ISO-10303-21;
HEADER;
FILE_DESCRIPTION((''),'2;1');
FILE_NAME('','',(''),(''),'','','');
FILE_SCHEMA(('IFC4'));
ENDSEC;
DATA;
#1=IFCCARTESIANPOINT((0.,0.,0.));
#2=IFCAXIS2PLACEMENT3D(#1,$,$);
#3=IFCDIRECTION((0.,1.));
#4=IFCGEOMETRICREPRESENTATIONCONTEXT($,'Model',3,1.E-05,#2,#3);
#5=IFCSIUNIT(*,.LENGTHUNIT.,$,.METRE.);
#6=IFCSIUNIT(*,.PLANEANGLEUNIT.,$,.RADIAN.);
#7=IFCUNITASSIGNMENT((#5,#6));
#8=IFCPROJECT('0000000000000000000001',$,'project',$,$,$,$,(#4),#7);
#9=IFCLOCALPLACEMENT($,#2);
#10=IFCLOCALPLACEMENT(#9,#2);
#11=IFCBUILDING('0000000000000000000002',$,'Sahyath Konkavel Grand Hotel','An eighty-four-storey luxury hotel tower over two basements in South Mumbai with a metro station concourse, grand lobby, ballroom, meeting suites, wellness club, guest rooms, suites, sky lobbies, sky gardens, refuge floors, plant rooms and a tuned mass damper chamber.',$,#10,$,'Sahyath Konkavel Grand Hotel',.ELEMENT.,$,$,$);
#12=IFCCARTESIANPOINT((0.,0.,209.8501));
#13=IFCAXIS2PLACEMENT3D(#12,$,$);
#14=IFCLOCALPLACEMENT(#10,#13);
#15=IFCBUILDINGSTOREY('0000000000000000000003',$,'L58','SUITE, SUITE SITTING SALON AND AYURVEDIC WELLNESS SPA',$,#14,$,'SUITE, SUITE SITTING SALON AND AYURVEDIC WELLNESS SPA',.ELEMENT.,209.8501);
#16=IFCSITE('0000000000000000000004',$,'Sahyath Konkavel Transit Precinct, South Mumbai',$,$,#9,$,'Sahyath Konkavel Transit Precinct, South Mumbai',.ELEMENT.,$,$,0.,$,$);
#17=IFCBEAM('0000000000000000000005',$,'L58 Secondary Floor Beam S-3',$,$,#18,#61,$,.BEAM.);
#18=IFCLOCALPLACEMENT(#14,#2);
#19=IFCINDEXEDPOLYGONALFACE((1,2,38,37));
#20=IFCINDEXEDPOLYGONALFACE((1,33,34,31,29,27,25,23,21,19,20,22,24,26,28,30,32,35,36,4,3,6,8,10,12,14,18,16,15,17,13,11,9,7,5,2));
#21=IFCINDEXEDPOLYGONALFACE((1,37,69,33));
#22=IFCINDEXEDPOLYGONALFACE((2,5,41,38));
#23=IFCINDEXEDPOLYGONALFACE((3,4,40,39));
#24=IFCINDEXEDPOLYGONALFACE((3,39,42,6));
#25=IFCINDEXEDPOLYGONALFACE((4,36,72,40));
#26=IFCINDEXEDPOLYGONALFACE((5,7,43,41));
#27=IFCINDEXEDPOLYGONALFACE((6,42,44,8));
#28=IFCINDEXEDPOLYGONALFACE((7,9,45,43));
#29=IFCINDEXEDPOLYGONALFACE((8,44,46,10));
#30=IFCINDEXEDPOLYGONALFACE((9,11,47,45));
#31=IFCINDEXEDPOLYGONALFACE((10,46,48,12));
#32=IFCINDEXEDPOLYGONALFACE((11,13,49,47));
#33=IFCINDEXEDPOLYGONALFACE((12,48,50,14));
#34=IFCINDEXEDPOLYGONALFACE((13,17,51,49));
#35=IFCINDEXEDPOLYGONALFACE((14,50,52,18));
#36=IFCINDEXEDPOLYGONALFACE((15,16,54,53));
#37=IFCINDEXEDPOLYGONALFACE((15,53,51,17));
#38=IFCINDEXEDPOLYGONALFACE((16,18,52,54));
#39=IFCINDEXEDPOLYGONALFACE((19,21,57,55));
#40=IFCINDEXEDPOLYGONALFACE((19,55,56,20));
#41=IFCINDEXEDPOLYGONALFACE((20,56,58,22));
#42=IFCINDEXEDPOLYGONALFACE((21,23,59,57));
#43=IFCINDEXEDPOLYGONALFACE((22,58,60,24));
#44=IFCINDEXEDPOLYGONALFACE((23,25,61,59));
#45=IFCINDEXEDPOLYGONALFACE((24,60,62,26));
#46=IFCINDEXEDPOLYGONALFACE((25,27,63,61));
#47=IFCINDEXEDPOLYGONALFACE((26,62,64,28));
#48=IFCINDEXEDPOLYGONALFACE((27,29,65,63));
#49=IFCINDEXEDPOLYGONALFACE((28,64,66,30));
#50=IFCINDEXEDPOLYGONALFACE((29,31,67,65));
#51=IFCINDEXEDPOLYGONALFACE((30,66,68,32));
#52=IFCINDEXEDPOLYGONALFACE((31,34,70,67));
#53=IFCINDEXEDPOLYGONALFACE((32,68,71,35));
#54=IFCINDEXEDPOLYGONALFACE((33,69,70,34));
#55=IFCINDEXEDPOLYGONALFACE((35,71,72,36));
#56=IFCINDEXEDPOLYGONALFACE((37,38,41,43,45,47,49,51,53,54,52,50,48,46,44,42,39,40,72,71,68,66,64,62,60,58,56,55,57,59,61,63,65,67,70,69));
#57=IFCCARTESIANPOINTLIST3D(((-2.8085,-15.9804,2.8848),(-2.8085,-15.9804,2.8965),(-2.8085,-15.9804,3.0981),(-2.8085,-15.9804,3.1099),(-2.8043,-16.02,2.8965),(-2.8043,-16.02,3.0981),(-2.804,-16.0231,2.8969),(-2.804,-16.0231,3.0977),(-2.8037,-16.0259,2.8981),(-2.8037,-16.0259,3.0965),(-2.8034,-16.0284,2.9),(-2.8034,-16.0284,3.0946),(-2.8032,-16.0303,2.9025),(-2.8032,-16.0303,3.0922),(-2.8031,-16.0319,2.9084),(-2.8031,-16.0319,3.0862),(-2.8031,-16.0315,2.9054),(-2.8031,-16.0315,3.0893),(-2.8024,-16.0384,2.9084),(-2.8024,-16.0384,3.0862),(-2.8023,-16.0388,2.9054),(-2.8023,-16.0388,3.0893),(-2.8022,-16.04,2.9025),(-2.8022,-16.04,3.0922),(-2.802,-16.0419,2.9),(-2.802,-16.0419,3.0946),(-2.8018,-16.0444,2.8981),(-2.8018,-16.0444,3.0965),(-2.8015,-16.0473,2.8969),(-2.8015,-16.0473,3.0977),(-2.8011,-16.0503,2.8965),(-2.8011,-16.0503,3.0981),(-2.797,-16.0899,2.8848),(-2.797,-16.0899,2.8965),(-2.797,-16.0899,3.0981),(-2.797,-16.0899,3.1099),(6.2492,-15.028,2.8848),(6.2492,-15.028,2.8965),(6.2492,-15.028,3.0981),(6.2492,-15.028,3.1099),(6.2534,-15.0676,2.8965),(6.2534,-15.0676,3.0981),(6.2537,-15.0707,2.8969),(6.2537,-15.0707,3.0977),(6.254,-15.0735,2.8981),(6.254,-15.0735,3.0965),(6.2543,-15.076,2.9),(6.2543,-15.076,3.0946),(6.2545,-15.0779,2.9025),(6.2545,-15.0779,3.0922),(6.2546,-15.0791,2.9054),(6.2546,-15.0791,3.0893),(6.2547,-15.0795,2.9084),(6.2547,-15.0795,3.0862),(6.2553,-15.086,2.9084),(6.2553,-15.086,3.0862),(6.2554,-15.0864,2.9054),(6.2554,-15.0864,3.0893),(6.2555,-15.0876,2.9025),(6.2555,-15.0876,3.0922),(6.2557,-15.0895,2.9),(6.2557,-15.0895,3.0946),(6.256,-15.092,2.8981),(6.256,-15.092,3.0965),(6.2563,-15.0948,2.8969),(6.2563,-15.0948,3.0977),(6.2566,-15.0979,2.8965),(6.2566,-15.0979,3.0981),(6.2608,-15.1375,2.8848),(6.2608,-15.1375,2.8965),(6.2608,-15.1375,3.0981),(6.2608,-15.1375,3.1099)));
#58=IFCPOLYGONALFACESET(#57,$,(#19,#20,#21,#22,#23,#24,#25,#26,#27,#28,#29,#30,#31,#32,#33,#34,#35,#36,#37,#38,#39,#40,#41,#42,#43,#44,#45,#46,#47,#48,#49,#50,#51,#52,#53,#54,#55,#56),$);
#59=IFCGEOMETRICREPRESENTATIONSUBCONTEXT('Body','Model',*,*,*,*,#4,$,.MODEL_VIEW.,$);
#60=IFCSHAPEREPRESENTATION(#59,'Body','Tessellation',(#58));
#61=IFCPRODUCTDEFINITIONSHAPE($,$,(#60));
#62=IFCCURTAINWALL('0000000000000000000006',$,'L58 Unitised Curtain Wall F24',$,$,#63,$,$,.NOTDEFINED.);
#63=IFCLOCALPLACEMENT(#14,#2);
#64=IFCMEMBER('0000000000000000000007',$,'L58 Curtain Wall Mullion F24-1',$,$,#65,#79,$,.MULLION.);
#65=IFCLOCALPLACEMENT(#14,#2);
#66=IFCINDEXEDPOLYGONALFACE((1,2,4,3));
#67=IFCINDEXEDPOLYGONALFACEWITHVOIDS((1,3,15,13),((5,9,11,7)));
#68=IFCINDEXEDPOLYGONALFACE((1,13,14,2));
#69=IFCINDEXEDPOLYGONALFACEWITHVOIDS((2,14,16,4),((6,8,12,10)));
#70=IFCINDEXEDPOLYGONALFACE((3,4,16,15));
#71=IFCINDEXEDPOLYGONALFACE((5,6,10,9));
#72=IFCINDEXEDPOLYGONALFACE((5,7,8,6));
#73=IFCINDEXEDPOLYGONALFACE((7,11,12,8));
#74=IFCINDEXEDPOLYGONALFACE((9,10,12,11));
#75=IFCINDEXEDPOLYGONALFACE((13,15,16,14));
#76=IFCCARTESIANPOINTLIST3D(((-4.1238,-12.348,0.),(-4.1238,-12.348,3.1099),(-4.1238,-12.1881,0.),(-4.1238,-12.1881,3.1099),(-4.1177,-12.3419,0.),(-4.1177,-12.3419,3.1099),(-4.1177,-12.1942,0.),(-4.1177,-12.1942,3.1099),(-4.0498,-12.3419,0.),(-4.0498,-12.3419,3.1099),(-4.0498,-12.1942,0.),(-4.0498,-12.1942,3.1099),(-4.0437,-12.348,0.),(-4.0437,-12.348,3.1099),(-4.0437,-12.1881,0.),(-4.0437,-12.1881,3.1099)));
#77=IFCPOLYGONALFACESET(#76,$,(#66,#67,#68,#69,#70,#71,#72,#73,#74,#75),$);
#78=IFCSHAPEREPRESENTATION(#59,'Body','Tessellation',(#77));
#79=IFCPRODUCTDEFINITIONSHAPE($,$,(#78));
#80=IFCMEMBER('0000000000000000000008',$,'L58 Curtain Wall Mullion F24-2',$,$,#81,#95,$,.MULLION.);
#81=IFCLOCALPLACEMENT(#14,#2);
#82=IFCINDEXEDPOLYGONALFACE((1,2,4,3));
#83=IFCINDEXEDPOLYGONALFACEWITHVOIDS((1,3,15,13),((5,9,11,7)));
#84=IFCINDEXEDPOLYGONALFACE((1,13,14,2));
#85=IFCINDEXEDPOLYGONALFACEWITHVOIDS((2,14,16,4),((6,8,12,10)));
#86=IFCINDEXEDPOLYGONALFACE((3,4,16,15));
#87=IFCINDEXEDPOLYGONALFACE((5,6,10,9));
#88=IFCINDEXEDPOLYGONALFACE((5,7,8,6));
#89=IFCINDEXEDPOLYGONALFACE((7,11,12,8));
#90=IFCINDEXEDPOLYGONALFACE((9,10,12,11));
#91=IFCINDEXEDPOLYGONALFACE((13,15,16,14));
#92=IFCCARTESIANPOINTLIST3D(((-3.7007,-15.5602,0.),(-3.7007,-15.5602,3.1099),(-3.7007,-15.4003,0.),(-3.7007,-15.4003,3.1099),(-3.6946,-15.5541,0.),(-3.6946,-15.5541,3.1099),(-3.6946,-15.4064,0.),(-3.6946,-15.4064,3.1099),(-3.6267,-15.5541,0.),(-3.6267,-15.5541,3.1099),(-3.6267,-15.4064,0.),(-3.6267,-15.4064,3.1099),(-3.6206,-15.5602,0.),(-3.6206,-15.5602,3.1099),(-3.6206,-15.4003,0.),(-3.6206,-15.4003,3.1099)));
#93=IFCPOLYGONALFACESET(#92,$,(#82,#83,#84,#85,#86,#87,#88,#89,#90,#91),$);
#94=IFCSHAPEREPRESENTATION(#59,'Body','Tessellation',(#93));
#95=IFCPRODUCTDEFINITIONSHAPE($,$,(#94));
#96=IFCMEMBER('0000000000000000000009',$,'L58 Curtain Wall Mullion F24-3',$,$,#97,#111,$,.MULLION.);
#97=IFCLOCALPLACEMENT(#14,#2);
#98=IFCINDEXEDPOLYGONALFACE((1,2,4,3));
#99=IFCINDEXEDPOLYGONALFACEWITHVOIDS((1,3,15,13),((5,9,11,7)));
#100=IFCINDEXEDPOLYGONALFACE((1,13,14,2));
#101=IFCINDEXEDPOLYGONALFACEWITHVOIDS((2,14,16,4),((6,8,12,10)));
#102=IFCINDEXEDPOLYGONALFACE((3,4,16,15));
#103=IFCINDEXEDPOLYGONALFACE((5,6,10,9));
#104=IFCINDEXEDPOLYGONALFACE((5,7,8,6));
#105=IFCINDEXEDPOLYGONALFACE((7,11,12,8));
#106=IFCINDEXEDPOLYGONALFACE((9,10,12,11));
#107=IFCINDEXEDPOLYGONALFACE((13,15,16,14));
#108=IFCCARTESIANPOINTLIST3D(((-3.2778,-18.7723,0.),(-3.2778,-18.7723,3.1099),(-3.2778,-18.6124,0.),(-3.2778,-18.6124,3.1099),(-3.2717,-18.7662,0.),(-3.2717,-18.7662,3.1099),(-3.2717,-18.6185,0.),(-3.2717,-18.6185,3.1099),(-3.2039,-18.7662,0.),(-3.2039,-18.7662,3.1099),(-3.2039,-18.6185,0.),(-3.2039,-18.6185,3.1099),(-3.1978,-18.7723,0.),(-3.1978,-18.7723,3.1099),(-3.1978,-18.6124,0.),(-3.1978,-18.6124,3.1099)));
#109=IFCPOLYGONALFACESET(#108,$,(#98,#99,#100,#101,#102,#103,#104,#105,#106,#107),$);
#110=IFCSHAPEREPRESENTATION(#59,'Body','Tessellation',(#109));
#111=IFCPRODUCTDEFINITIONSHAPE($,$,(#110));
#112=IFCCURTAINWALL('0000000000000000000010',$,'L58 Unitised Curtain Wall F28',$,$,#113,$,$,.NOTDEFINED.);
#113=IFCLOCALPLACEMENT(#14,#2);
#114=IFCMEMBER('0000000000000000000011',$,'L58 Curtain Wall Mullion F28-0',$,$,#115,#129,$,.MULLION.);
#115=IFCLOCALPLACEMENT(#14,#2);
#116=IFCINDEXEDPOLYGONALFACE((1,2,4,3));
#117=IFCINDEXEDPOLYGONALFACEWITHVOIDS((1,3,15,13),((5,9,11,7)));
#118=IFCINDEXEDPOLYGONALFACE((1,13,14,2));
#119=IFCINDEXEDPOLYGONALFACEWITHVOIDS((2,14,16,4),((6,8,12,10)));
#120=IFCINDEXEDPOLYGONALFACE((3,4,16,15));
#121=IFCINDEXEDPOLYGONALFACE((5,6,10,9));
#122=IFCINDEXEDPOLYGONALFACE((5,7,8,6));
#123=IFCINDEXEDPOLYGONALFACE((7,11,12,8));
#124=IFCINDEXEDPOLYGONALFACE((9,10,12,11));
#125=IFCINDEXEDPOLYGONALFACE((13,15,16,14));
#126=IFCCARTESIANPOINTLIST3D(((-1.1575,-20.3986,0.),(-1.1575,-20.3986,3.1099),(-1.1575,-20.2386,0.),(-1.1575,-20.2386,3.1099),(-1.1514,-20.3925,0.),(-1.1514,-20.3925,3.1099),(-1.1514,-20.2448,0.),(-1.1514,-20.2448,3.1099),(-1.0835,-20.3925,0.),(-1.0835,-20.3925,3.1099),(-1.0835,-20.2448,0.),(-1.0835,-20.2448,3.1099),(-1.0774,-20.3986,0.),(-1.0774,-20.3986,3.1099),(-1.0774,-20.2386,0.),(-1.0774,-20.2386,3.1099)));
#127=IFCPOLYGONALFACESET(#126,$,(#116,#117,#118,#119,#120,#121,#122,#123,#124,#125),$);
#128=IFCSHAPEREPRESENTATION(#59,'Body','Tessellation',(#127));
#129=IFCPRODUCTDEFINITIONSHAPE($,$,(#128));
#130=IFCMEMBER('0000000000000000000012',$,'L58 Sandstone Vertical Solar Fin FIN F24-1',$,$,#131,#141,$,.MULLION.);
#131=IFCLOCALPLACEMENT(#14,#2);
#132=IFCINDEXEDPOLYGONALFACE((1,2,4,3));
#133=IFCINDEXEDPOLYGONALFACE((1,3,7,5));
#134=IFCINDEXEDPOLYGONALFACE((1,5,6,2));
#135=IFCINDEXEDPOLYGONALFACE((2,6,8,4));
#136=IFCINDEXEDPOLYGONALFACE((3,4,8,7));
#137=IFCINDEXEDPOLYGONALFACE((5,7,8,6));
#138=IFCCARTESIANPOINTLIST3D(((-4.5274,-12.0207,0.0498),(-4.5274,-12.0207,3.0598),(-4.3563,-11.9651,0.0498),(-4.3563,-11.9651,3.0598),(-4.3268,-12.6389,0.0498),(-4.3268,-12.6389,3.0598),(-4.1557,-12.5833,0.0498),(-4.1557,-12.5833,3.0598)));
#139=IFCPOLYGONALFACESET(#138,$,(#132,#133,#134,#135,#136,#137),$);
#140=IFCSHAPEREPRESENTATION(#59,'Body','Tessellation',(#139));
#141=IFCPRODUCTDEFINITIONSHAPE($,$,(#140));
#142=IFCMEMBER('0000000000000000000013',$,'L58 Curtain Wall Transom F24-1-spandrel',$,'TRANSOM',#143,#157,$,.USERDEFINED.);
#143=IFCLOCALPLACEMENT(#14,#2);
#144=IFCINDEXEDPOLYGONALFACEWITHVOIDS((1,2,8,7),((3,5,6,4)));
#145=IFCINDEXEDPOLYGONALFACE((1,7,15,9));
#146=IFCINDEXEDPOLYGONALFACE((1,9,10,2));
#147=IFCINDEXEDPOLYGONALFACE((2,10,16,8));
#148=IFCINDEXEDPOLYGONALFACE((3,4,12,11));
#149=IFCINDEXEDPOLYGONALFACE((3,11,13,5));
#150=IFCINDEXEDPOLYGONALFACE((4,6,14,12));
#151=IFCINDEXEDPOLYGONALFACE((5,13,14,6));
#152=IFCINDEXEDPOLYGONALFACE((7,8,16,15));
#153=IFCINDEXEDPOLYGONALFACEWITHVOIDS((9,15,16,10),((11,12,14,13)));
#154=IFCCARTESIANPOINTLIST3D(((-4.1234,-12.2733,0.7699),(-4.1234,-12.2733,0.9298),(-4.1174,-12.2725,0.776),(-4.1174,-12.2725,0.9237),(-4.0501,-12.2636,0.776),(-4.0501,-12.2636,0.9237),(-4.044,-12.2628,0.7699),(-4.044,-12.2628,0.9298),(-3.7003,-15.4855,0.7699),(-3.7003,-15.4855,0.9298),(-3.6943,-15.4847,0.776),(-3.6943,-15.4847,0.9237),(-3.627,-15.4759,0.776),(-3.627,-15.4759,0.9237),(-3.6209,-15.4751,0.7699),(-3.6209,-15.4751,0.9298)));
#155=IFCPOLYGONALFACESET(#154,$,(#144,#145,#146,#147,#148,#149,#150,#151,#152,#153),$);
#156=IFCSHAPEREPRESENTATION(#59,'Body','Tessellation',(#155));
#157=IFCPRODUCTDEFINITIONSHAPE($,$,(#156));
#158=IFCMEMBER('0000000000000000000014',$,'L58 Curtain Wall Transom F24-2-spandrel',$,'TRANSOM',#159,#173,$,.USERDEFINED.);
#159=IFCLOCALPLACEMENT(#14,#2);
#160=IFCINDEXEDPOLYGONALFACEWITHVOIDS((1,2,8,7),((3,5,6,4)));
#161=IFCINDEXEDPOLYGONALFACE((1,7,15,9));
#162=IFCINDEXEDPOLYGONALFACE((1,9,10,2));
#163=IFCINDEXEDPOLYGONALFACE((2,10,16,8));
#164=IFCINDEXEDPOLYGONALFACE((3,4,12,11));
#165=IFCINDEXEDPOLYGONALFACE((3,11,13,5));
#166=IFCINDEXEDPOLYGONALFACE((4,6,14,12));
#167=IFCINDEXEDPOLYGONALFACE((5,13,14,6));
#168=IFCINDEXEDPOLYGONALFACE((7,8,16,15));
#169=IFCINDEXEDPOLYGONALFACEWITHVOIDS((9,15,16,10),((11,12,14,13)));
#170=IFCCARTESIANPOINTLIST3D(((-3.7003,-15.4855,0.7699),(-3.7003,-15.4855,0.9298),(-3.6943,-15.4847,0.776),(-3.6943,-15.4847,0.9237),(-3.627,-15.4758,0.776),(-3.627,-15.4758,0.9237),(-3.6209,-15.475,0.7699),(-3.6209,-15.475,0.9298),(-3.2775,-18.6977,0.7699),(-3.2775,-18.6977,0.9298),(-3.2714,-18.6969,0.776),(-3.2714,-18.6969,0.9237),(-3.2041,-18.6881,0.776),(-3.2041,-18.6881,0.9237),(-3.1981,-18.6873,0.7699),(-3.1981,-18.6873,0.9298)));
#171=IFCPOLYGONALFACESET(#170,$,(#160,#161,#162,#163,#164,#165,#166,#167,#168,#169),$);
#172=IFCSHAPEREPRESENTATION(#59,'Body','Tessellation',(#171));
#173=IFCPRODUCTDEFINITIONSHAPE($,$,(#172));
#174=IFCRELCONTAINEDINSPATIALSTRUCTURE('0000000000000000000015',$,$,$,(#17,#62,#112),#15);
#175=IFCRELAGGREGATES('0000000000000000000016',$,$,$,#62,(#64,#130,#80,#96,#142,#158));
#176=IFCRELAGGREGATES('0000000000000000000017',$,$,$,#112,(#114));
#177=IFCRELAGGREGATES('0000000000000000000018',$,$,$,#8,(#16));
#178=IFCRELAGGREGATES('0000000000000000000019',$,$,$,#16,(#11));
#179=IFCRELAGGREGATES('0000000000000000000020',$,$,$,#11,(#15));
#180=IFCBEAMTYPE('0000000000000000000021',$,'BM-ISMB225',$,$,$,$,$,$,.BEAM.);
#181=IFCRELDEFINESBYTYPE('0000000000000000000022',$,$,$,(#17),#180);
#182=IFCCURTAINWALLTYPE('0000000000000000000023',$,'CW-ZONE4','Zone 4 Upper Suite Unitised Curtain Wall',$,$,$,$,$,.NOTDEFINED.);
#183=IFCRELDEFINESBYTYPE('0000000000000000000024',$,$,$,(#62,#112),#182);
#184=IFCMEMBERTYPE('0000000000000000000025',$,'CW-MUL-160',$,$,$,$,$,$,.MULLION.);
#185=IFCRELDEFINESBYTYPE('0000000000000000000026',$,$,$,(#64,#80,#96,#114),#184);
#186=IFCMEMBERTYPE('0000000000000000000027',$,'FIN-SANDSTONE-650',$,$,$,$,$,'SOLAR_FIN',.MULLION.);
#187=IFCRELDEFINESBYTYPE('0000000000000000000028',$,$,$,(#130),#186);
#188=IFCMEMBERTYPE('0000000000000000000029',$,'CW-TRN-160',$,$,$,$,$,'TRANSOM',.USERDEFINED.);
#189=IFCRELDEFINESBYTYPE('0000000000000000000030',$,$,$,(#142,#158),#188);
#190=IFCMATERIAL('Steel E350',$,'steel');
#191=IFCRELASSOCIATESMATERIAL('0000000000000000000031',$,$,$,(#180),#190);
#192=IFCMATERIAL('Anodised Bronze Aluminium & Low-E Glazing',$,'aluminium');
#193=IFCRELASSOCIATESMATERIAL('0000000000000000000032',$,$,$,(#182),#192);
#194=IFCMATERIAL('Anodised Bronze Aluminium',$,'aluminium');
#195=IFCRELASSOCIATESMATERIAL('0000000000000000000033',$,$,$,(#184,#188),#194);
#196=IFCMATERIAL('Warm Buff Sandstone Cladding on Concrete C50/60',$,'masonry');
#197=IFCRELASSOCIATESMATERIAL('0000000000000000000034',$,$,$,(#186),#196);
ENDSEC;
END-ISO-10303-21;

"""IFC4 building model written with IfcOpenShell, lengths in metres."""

from ifc_helpers import new_model, si_unit, direction, frame, origin, origin_2d, place, context, subcontext, project, spatial, rectangle, hollow_rectangle, i_section, extrude, source, transform, mapped, material, material_profile, profile_set, type_object, element, aggregate, save


model = new_model("IFC4")

# Units and contexts
model_context = context("Model", 3, precision=1e-05, world=origin(), true_north=direction((0.0, 1.0)))
body_context = subcontext(model_context, "Body", "Model", "MODEL_VIEW")
ifc_project = project(units=[si_unit("LENGTHUNIT", "METRE"), si_unit("PLANEANGLEUNIT", "RADIAN")], contexts=[model_context])

# Site, building, storey
site_placement = place(None, origin())
site = spatial("IfcSite", under=ifc_project, at=site_placement, Name="Sahyath Konkavel Transit Precinct, South Mumbai", LongName="Sahyath Konkavel Transit Precinct, South Mumbai", CompositionType="ELEMENT", RefElevation=0.0)
building_placement = place(site_placement, origin())
building = spatial("IfcBuilding", under=site, at=building_placement, Name="Sahyath Konkavel Grand Hotel", Description="An eighty-four-storey luxury hotel tower over two basements in South Mumbai with a metro station concourse, grand lobby, ballroom, meeting suites, wellness club, guest rooms, suites, sky lobbies, sky gardens, refuge floors, plant rooms and a tuned mass damper chamber.", LongName="Sahyath Konkavel Grand Hotel", CompositionType="ELEMENT")
storey_placement = place(building_placement, frame((0.0, 0.0, 209.8501)))
storey = spatial("IfcBuildingStorey", under=building, at=storey_placement, Name="L58", Description="SUITE, SUITE SITTING SALON AND AYURVEDIC WELLNESS SPA", LongName="SUITE, SUITE SITTING SALON AND AYURVEDIC WELLNESS SPA", CompositionType="ELEMENT", Elevation=209.8501)

# Beam
ifc_material_1 = material(Name="Steel E350", Category="steel")
ifc_material_profile_1 = material_profile(ifc_material_1, i_section(OverallWidth=0.1101, OverallDepth=0.2251, WebThickness=0.0066, FlangeThickness=0.0117, FilletRadius=0.012, at=origin_2d()), Name="ISMB 225")
ifc_profile_set_1 = profile_set([ifc_material_profile_1], Name="Steel E350")
beam_type_1 = type_object("IfcBeamType", Name="BM-ISMB225", PredefinedType="BEAM", material=ifc_profile_set_1)
shared_shape_1 = source(origin(), body_context, "Body", "SweptSolid", [
    extrude(i_section(OverallWidth=0.1101, OverallDepth=0.2251, WebThickness=0.0066, FlangeThickness=0.0117, FilletRadius=0.012, at=origin_2d()), origin(), (0.0, 0.0, 1.0), 9.1077),
])
beam_1_placement = place(storey_placement, frame((-2.8027, -16.0352, 2.9973), z_axis=(0.994517, 0.104572, 0.0), x_axis=(-0.104572, 0.994517, 0.0)))
element("IfcBeam", 1, at=beam_1_placement, inside=storey, type_object=beam_type_1, Name="L58 Secondary Floor Beam S-3", PredefinedType="BEAM", context=body_context, shape_type="MappedRepresentation", body=[
    mapped(shared_shape_1, transform((0.0, 0.0, 0.0), scale=1.0)),
])

# Curtain wall, members
ifc_material_2 = material(Name="Anodised Bronze Aluminium & Low-E Glazing", Category="aluminium")
curtain_wall_type = type_object("IfcCurtainWallType", Name="CW-ZONE4", Description="Zone 4 Upper Suite Unitised Curtain Wall", PredefinedType="NOTDEFINED", material=ifc_material_2)
curtain_wall_1_placement = place(storey_placement, origin())
curtain_wall_1 = element("IfcCurtainWall", 2, at=curtain_wall_1_placement, inside=storey, type_object=curtain_wall_type, Name="L58 Unitised Curtain Wall F24", PredefinedType="NOTDEFINED")
ifc_material_3 = material(Name="Anodised Bronze Aluminium", Category="aluminium")
ifc_material_profile_2 = material_profile(ifc_material_3, hollow_rectangle(XDim=0.0801, YDim=0.1599, WallThickness=0.0061, at=origin_2d()), Name="RHS 160x80x6")
ifc_profile_set_2 = profile_set([ifc_material_profile_2], Name="Anodised Bronze Aluminium")
member_type_1 = type_object("IfcMemberType", Name="CW-MUL-160", PredefinedType="MULLION", material=ifc_profile_set_2)
shared_shape_2 = source(origin(), body_context, "Body", "SweptSolid", [
    extrude(hollow_rectangle(XDim=0.0801, YDim=0.1599, WallThickness=0.0061, at=origin_2d()), origin(), (0.0, 0.0, 1.0), 3.1099),
])
member_1_placement = place(storey_placement, frame((-4.0837, -12.2681, 0.0), z_axis=(0.0, 0.0, 1.0), x_axis=(1.0, 0.0, 0.0)))
member_1 = element("IfcMember", 3, at=member_1_placement, type_object=member_type_1, Name="L58 Curtain Wall Mullion F24-1", PredefinedType="MULLION", context=body_context, shape_type="MappedRepresentation", body=[
    mapped(shared_shape_2, transform((0.0, 0.0, 0.0), scale=1.0)),
])
member_2_placement = place(storey_placement, frame((-3.6606, -15.4802, 0.0), z_axis=(0.0, 0.0, 1.0), x_axis=(1.0, 0.0, 0.0)))
member_2 = element("IfcMember", 4, at=member_2_placement, type_object=member_type_1, Name="L58 Curtain Wall Mullion F24-2", PredefinedType="MULLION", context=body_context, shape_type="MappedRepresentation", body=[
    mapped(shared_shape_2, transform((0.0, 0.0, 0.0), scale=1.0)),
])
member_3_placement = place(storey_placement, frame((-3.2378, -18.6924, 0.0), z_axis=(0.0, 0.0, 1.0), x_axis=(1.0, 0.0, 0.0)))
member_3 = element("IfcMember", 5, at=member_3_placement, type_object=member_type_1, Name="L58 Curtain Wall Mullion F24-3", PredefinedType="MULLION", context=body_context, shape_type="MappedRepresentation", body=[
    mapped(shared_shape_2, transform((0.0, 0.0, 0.0), scale=1.0)),
])

# Curtain wall, member
curtain_wall_2_placement = place(storey_placement, origin())
curtain_wall_2 = element("IfcCurtainWall", 6, at=curtain_wall_2_placement, inside=storey, type_object=curtain_wall_type, Name="L58 Unitised Curtain Wall F28", PredefinedType="NOTDEFINED")
member_4_placement = place(storey_placement, frame((-1.1174, -20.3186, 0.0), z_axis=(0.0, 0.0, 1.0), x_axis=(1.0, 0.0, 0.0)))
member_4 = element("IfcMember", 7, at=member_4_placement, type_object=member_type_1, Name="L58 Curtain Wall Mullion F28-0", PredefinedType="MULLION", context=body_context, shape_type="MappedRepresentation", body=[
    mapped(shared_shape_2, transform((0.0, 0.0, 0.0), scale=1.0)),
])

# Members
ifc_material_4 = material(Name="Warm Buff Sandstone Cladding on Concrete C50/60", Category="masonry")
ifc_material_profile_3 = material_profile(ifc_material_4, rectangle(XDim=0.1799, YDim=0.6499, at=origin_2d()), Name="FIN 180x650")
ifc_profile_set_3 = profile_set([ifc_material_profile_3], Name="Warm Buff Sandstone Cladding on Concrete C50/60")
member_type_2 = type_object("IfcMemberType", Name="FIN-SANDSTONE-650", ElementType="SOLAR_FIN", PredefinedType="MULLION", material=ifc_profile_set_3)
shared_shape_3 = source(origin(), body_context, "Body", "SweptSolid", [
    extrude(rectangle(XDim=0.1799, YDim=0.6499, at=origin_2d()), origin(), (0.0, 0.0, 1.0), 3.01),
])
member_5_placement = place(storey_placement, frame((-4.3416, -12.302, 0.0498), z_axis=(0.0, 0.0, 1.0), x_axis=(0.951164, 0.308685, 0.0)))
member_5 = element("IfcMember", 8, at=member_5_placement, type_object=member_type_2, Name="L58 Sandstone Vertical Solar Fin FIN F24-1", PredefinedType="MULLION", context=body_context, shape_type="MappedRepresentation", body=[
    mapped(shared_shape_3, transform((0.0, 0.0, 0.0), scale=1.0)),
])
ifc_material_profile_4 = material_profile(ifc_material_3, hollow_rectangle(XDim=0.0801, YDim=0.1599, WallThickness=0.0061, at=origin_2d()), Name="RHS 160x80x6")
ifc_profile_set_4 = profile_set([ifc_material_profile_4], Name="Anodised Bronze Aluminium")
member_type_3 = type_object("IfcMemberType", Name="CW-TRN-160", ElementType="TRANSOM", PredefinedType="USERDEFINED", material=ifc_profile_set_4)
shared_shape_4 = source(origin(), body_context, "Body", "SweptSolid", [
    extrude(hollow_rectangle(XDim=0.0801, YDim=0.1599, WallThickness=0.0061, at=origin_2d()), origin(), (0.0, 0.0, 1.0), 3.24),
])
member_6_placement = place(storey_placement, frame((-4.0837, -12.2681, 0.8499), z_axis=(0.130589, -0.991437, 0.0), x_axis=(0.991437, 0.130589, 0.0)))
member_6 = element("IfcMember", 9, at=member_6_placement, type_object=member_type_3, Name="L58 Curtain Wall Transom F24-1-spandrel", ObjectType="TRANSOM", PredefinedType="USERDEFINED", context=body_context, shape_type="MappedRepresentation", body=[
    mapped(shared_shape_4, transform((0.0, 0.0, 0.0), scale=1.0)),
])
member_7_placement = place(storey_placement, frame((-3.6606, -15.4802, 0.8499), z_axis=(0.130515, -0.991446, 0.0), x_axis=(0.991446, 0.130515, 0.0)))
member_7 = element("IfcMember", 10, at=member_7_placement, type_object=member_type_3, Name="L58 Curtain Wall Transom F24-2-spandrel", ObjectType="TRANSOM", PredefinedType="USERDEFINED", context=body_context, shape_type="MappedRepresentation", body=[
    mapped(shared_shape_4, transform((0.0, 0.0, 0.0), scale=1.0)),
])

aggregate(curtain_wall_1, [member_1, member_5, member_2, member_3, member_6, member_7])
aggregate(curtain_wall_2, [member_4])

save(model, "model.ifc")
